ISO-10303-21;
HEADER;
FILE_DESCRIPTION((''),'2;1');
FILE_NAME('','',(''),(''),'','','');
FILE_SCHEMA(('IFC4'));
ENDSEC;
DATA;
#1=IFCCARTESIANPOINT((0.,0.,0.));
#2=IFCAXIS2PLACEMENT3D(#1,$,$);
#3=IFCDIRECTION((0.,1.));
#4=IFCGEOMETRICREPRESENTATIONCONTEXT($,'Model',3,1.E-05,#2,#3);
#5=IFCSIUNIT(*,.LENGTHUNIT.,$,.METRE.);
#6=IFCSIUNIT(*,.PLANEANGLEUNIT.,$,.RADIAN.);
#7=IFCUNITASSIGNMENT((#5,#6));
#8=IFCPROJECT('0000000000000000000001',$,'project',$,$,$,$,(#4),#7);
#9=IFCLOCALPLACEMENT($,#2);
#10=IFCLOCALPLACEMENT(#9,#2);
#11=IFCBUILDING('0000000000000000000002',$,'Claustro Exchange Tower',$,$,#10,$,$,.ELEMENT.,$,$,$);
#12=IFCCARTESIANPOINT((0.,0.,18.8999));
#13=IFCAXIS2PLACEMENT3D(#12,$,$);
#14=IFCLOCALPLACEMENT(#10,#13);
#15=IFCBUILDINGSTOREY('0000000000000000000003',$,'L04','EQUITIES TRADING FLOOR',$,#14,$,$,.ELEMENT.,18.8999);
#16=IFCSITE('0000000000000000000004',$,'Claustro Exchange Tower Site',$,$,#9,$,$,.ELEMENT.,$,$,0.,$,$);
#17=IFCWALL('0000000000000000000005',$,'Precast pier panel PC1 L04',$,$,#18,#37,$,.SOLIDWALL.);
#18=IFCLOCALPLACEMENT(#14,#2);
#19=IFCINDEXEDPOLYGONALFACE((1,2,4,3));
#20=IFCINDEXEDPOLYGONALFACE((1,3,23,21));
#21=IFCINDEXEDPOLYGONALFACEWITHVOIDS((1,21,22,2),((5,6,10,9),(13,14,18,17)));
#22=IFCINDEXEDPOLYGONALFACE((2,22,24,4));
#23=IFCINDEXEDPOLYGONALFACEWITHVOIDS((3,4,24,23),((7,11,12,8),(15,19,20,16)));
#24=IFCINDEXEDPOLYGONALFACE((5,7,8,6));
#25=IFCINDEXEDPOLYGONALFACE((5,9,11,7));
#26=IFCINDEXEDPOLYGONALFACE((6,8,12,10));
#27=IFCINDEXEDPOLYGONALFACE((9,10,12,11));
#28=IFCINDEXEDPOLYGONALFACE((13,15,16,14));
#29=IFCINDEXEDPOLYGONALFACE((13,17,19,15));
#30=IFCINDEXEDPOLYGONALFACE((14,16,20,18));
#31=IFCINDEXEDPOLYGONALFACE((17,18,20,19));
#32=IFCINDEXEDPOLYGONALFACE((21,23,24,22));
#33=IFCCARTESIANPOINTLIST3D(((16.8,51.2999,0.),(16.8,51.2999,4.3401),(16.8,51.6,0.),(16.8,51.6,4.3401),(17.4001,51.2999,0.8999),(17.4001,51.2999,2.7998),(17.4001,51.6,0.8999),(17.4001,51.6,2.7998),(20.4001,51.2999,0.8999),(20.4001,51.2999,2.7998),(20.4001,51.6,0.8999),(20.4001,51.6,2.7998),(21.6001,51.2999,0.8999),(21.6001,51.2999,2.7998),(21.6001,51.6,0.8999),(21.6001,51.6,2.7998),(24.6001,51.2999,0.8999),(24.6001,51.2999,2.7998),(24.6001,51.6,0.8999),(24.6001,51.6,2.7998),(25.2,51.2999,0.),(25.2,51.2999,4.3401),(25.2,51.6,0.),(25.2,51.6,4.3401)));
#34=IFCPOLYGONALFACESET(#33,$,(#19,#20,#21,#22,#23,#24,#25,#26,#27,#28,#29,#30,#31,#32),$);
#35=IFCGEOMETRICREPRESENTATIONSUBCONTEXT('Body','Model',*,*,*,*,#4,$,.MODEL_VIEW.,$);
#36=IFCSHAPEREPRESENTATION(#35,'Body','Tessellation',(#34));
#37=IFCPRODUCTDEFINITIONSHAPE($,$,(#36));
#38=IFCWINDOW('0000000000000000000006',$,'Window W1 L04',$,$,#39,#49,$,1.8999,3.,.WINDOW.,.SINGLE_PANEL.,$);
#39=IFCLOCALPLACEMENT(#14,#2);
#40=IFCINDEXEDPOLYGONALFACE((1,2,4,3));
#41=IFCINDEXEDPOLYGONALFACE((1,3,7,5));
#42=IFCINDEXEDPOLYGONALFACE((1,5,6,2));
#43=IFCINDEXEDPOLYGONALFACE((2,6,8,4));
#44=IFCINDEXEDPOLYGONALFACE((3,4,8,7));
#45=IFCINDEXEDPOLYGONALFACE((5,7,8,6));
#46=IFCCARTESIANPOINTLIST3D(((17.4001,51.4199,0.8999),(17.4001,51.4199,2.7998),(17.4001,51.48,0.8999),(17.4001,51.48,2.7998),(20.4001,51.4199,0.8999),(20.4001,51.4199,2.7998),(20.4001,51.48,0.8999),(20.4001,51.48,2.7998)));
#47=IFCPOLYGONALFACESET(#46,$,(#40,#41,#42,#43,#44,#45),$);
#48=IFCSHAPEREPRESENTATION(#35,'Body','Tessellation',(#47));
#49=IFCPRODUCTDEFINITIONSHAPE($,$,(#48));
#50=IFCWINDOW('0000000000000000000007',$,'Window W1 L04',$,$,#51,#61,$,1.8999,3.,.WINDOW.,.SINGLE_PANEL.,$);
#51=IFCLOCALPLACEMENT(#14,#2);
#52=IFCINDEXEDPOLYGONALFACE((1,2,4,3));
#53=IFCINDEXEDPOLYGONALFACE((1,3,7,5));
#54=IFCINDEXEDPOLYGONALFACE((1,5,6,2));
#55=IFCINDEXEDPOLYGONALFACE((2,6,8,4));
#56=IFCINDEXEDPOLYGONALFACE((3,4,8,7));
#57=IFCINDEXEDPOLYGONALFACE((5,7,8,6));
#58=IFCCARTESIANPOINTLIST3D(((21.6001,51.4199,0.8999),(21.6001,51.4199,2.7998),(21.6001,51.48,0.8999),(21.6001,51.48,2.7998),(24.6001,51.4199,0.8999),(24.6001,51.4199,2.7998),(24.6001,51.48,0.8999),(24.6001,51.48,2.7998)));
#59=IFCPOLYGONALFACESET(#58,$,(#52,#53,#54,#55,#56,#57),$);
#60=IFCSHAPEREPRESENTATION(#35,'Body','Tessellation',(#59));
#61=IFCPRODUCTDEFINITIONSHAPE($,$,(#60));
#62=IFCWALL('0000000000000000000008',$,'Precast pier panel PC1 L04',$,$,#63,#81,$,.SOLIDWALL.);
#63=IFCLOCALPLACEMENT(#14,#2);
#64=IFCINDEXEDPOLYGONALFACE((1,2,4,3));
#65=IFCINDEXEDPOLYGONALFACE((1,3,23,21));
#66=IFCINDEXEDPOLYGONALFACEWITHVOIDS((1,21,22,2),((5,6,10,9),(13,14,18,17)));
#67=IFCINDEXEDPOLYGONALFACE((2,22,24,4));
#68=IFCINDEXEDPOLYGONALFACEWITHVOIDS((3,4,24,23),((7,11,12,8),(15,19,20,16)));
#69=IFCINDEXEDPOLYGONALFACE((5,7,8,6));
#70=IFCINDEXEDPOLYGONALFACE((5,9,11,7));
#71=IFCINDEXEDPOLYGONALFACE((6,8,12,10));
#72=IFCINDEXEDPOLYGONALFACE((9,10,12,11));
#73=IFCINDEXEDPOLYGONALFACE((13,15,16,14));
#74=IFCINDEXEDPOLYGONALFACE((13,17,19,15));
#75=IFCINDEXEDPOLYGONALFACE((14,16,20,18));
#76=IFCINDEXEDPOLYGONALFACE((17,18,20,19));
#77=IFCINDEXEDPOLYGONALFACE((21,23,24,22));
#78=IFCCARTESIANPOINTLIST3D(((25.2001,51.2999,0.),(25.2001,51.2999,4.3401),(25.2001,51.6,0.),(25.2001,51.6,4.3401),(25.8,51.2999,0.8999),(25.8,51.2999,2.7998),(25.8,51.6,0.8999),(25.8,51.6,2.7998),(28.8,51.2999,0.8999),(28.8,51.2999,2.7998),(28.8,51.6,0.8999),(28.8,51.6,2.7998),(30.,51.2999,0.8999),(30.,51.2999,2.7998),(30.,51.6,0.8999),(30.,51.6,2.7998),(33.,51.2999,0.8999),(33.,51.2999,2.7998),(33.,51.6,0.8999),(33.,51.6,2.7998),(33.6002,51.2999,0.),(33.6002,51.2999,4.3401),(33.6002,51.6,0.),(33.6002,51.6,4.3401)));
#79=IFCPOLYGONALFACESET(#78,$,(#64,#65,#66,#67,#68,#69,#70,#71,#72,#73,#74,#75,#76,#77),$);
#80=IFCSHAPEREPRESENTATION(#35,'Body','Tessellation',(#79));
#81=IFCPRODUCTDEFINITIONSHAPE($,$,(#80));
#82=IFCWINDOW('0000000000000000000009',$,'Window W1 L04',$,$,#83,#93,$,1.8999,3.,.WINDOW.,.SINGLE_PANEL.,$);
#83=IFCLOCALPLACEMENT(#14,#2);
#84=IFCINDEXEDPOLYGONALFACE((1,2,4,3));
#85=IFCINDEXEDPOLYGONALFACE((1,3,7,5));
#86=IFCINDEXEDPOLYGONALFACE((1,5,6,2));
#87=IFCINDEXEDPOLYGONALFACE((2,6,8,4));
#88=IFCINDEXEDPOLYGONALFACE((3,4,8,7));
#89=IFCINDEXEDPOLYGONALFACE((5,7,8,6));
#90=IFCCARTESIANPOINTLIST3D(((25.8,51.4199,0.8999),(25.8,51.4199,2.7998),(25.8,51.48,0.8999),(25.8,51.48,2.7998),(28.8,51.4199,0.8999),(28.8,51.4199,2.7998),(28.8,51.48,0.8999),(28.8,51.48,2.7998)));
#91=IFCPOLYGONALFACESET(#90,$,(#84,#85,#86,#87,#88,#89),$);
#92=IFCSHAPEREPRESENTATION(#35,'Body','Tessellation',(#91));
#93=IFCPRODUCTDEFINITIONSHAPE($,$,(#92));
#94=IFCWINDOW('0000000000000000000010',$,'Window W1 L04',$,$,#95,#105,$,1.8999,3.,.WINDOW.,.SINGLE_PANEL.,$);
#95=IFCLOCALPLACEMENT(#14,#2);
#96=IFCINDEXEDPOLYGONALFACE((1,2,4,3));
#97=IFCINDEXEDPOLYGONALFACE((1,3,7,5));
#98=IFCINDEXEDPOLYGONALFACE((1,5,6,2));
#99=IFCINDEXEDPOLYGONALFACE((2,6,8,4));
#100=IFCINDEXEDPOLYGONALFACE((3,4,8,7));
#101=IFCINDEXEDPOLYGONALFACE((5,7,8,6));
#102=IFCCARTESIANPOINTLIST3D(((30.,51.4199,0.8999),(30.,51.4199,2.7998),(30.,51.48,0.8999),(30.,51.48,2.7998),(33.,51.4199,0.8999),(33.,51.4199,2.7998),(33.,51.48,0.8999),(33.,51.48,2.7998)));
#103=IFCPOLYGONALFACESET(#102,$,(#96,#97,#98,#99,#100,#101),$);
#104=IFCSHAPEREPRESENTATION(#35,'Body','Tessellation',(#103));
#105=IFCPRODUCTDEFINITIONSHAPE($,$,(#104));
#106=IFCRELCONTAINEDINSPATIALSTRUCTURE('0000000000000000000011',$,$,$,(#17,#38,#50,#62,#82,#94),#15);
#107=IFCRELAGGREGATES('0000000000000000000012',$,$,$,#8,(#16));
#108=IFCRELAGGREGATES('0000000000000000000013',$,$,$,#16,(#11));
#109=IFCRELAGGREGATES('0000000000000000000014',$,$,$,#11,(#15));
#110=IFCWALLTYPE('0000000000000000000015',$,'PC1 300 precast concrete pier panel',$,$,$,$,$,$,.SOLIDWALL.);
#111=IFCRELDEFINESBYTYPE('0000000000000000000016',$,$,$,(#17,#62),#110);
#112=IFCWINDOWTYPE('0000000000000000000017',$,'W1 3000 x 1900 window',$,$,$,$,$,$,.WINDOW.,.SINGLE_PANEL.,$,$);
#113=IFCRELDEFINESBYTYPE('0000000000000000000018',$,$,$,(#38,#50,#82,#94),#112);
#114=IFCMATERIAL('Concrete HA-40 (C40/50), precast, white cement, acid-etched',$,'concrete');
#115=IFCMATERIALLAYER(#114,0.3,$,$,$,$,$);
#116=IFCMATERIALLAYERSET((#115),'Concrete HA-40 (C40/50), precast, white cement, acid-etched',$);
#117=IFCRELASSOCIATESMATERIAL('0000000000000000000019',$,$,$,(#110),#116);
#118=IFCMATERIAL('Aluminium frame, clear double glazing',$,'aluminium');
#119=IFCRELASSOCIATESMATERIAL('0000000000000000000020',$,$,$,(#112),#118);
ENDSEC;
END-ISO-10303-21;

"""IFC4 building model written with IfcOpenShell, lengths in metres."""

from ifc_helpers import new_model, si_unit, direction, frame, frame_2d, origin, place, context, subcontext, project, spatial, rectangle, extrude, material, layer, layer_set, type_object, element, fill, save


model = new_model("IFC4")

# Units and contexts
model_context = context("Model", 3, precision=1e-05, world=origin(), true_north=direction((0.0, 1.0)))
body_context = subcontext(model_context, "Body", "Model", "MODEL_VIEW")
ifc_project = project(units=[si_unit("LENGTHUNIT", "METRE"), si_unit("PLANEANGLEUNIT", "RADIAN")], contexts=[model_context])

# Site, building, storey
site_placement = place(None, origin())
site = spatial("IfcSite", under=ifc_project, at=site_placement, Name="Claustro Exchange Tower Site", CompositionType="ELEMENT", RefElevation=0.0)
building_placement = place(site_placement, origin())
building = spatial("IfcBuilding", under=site, at=building_placement, Name="Claustro Exchange Tower", CompositionType="ELEMENT")
storey_placement = place(building_placement, frame((0.0, 0.0, 18.8999)))
storey = spatial("IfcBuildingStorey", under=building, at=storey_placement, Name="L04", Description="EQUITIES TRADING FLOOR", CompositionType="ELEMENT", Elevation=18.8999)

# Walls, openings, windows
ifc_material_1 = material(Name="Concrete HA-40 (C40/50), precast, white cement, acid-etched", Category="concrete")
ifc_layer_1 = layer(ifc_material_1, 0.3)
ifc_layer_set_1 = layer_set([ifc_layer_1], Name="Concrete HA-40 (C40/50), precast, white cement, acid-etched")
wall_type_1 = type_object("IfcWallType", Name="PC1 300 precast concrete pier panel", PredefinedType="SOLIDWALL", material=ifc_layer_set_1)
wall_1_placement = place(storey_placement, frame((16.8, 51.45, 0.0), z_axis=(0.0, 0.0, 1.0), x_axis=(1.0, 0.0, 0.0)))
wall_1 = element("IfcWall", 1, at=wall_1_placement, inside=storey, type_object=wall_type_1, Name="Precast pier panel PC1 L04", PredefinedType="SOLIDWALL", context=body_context, shape_type="SweptSolid", body=[
    extrude(rectangle(XDim=8.3999, YDim=0.3, at=frame_2d((4.2, 0.0))), origin(), (0.0, 0.0, 1.0), 4.3401),
])
opening_1_placement = place(wall_1_placement, frame((0.6001, 0.0, 0.8999)))
opening_1 = element("IfcOpeningElement", 2, at=opening_1_placement, cuts=wall_1, PredefinedType="OPENING", context=body_context, shape_type="SweptSolid", body=[
    extrude(rectangle(XDim=3.0, YDim=1.8999, at=frame_2d((1.5, 0.95))), frame((0.0, 0.1599, 0.0), z_axis=(0.0, -1.0, 0.0), x_axis=(1.0, 0.0, 0.0)), (0.0, 0.0, 1.0), 0.3201),
])
opening_2_placement = place(wall_1_placement, frame((4.8, 0.0, 0.8999)))
opening_2 = element("IfcOpeningElement", 3, at=opening_2_placement, cuts=wall_1, PredefinedType="OPENING", context=body_context, shape_type="SweptSolid", body=[
    extrude(rectangle(XDim=3.0, YDim=1.8999, at=frame_2d((1.5, 0.95))), frame((0.0, 0.1599, 0.0), z_axis=(0.0, -1.0, 0.0), x_axis=(1.0, 0.0, 0.0)), (0.0, 0.0, 1.0), 0.3201),
])
ifc_material_2 = material(Name="Aluminium frame, clear double glazing", Category="aluminium")
window_type = type_object("IfcWindowType", Name="W1 3000 x 1900 window", PartitioningType="SINGLE_PANEL", PredefinedType="WINDOW", material=ifc_material_2)
window_1_placement = place(opening_1_placement, origin())
window_1 = element("IfcWindow", 4, at=window_1_placement, inside=storey, type_object=window_type, Name="Window W1 L04", OverallHeight=1.8999, OverallWidth=3.0, PartitioningType="SINGLE_PANEL", PredefinedType="WINDOW", context=body_context, shape_type="SweptSolid", body=[
    extrude(rectangle(XDim=3.0, YDim=1.8999, at=frame_2d((1.5, 0.95))), frame((0.0, 0.03, 0.0), z_axis=(0.0, -1.0, 0.0), x_axis=(1.0, 0.0, 0.0)), (0.0, 0.0, 1.0), 0.0601),
])
fill(opening_1, window_1)
window_2_placement = place(opening_2_placement, origin())
window_2 = element("IfcWindow", 5, at=window_2_placement, inside=storey, type_object=window_type, Name="Window W1 L04", OverallHeight=1.8999, OverallWidth=3.0, PartitioningType="SINGLE_PANEL", PredefinedType="WINDOW", context=body_context, shape_type="SweptSolid", body=[
    extrude(rectangle(XDim=3.0, YDim=1.8999, at=frame_2d((1.5, 0.95))), frame((0.0, 0.03, 0.0), z_axis=(0.0, -1.0, 0.0), x_axis=(1.0, 0.0, 0.0)), (0.0, 0.0, 1.0), 0.0601),
])
fill(opening_2, window_2)
wall_2_placement = place(storey_placement, frame((25.2, 51.45, 0.0), z_axis=(0.0, 0.0, 1.0), x_axis=(1.0, 0.0, 0.0)))
wall_2 = element("IfcWall", 6, at=wall_2_placement, inside=storey, type_object=wall_type_1, Name="Precast pier panel PC1 L04", PredefinedType="SOLIDWALL", context=body_context, shape_type="SweptSolid", body=[
    extrude(rectangle(XDim=8.4001, YDim=0.3, at=frame_2d((4.2002, 0.0))), origin(), (0.0, 0.0, 1.0), 4.3401),
])
opening_3_placement = place(wall_2_placement, frame((0.6001, 0.0, 0.8999)))
opening_3 = element("IfcOpeningElement", 7, at=opening_3_placement, cuts=wall_2, PredefinedType="OPENING", context=body_context, shape_type="SweptSolid", body=[
    extrude(rectangle(XDim=3.0, YDim=1.8999, at=frame_2d((1.5, 0.95))), frame((0.0, 0.1599, 0.0), z_axis=(0.0, -1.0, 0.0), x_axis=(1.0, 0.0, 0.0)), (0.0, 0.0, 1.0), 0.3201),
])
opening_4_placement = place(wall_2_placement, frame((4.8, 0.0, 0.8999)))
opening_4 = element("IfcOpeningElement", 8, at=opening_4_placement, cuts=wall_2, PredefinedType="OPENING", context=body_context, shape_type="SweptSolid", body=[
    extrude(rectangle(XDim=3.0, YDim=1.8999, at=frame_2d((1.5, 0.95))), frame((0.0, 0.1599, 0.0), z_axis=(0.0, -1.0, 0.0), x_axis=(1.0, 0.0, 0.0)), (0.0, 0.0, 1.0), 0.3201),
])
window_3_placement = place(opening_3_placement, origin())
window_3 = element("IfcWindow", 9, at=window_3_placement, inside=storey, type_object=window_type, Name="Window W1 L04", OverallHeight=1.8999, OverallWidth=3.0, PartitioningType="SINGLE_PANEL", PredefinedType="WINDOW", context=body_context, shape_type="SweptSolid", body=[
    extrude(rectangle(XDim=3.0, YDim=1.8999, at=frame_2d((1.5, 0.95))), frame((0.0, 0.03, 0.0), z_axis=(0.0, -1.0, 0.0), x_axis=(1.0, 0.0, 0.0)), (0.0, 0.0, 1.0), 0.0601),
])
fill(opening_3, window_3)
window_4_placement = place(opening_4_placement, origin())
window_4 = element("IfcWindow", 10, at=window_4_placement, inside=storey, type_object=window_type, Name="Window W1 L04", OverallHeight=1.8999, OverallWidth=3.0, PartitioningType="SINGLE_PANEL", PredefinedType="WINDOW", context=body_context, shape_type="SweptSolid", body=[
    extrude(rectangle(XDim=3.0, YDim=1.8999, at=frame_2d((1.5, 0.95))), frame((0.0, 0.03, 0.0), z_axis=(0.0, -1.0, 0.0), x_axis=(1.0, 0.0, 0.0)), (0.0, 0.0, 1.0), 0.0601),
])
fill(opening_4, window_4)

save(model, "model.ifc")
